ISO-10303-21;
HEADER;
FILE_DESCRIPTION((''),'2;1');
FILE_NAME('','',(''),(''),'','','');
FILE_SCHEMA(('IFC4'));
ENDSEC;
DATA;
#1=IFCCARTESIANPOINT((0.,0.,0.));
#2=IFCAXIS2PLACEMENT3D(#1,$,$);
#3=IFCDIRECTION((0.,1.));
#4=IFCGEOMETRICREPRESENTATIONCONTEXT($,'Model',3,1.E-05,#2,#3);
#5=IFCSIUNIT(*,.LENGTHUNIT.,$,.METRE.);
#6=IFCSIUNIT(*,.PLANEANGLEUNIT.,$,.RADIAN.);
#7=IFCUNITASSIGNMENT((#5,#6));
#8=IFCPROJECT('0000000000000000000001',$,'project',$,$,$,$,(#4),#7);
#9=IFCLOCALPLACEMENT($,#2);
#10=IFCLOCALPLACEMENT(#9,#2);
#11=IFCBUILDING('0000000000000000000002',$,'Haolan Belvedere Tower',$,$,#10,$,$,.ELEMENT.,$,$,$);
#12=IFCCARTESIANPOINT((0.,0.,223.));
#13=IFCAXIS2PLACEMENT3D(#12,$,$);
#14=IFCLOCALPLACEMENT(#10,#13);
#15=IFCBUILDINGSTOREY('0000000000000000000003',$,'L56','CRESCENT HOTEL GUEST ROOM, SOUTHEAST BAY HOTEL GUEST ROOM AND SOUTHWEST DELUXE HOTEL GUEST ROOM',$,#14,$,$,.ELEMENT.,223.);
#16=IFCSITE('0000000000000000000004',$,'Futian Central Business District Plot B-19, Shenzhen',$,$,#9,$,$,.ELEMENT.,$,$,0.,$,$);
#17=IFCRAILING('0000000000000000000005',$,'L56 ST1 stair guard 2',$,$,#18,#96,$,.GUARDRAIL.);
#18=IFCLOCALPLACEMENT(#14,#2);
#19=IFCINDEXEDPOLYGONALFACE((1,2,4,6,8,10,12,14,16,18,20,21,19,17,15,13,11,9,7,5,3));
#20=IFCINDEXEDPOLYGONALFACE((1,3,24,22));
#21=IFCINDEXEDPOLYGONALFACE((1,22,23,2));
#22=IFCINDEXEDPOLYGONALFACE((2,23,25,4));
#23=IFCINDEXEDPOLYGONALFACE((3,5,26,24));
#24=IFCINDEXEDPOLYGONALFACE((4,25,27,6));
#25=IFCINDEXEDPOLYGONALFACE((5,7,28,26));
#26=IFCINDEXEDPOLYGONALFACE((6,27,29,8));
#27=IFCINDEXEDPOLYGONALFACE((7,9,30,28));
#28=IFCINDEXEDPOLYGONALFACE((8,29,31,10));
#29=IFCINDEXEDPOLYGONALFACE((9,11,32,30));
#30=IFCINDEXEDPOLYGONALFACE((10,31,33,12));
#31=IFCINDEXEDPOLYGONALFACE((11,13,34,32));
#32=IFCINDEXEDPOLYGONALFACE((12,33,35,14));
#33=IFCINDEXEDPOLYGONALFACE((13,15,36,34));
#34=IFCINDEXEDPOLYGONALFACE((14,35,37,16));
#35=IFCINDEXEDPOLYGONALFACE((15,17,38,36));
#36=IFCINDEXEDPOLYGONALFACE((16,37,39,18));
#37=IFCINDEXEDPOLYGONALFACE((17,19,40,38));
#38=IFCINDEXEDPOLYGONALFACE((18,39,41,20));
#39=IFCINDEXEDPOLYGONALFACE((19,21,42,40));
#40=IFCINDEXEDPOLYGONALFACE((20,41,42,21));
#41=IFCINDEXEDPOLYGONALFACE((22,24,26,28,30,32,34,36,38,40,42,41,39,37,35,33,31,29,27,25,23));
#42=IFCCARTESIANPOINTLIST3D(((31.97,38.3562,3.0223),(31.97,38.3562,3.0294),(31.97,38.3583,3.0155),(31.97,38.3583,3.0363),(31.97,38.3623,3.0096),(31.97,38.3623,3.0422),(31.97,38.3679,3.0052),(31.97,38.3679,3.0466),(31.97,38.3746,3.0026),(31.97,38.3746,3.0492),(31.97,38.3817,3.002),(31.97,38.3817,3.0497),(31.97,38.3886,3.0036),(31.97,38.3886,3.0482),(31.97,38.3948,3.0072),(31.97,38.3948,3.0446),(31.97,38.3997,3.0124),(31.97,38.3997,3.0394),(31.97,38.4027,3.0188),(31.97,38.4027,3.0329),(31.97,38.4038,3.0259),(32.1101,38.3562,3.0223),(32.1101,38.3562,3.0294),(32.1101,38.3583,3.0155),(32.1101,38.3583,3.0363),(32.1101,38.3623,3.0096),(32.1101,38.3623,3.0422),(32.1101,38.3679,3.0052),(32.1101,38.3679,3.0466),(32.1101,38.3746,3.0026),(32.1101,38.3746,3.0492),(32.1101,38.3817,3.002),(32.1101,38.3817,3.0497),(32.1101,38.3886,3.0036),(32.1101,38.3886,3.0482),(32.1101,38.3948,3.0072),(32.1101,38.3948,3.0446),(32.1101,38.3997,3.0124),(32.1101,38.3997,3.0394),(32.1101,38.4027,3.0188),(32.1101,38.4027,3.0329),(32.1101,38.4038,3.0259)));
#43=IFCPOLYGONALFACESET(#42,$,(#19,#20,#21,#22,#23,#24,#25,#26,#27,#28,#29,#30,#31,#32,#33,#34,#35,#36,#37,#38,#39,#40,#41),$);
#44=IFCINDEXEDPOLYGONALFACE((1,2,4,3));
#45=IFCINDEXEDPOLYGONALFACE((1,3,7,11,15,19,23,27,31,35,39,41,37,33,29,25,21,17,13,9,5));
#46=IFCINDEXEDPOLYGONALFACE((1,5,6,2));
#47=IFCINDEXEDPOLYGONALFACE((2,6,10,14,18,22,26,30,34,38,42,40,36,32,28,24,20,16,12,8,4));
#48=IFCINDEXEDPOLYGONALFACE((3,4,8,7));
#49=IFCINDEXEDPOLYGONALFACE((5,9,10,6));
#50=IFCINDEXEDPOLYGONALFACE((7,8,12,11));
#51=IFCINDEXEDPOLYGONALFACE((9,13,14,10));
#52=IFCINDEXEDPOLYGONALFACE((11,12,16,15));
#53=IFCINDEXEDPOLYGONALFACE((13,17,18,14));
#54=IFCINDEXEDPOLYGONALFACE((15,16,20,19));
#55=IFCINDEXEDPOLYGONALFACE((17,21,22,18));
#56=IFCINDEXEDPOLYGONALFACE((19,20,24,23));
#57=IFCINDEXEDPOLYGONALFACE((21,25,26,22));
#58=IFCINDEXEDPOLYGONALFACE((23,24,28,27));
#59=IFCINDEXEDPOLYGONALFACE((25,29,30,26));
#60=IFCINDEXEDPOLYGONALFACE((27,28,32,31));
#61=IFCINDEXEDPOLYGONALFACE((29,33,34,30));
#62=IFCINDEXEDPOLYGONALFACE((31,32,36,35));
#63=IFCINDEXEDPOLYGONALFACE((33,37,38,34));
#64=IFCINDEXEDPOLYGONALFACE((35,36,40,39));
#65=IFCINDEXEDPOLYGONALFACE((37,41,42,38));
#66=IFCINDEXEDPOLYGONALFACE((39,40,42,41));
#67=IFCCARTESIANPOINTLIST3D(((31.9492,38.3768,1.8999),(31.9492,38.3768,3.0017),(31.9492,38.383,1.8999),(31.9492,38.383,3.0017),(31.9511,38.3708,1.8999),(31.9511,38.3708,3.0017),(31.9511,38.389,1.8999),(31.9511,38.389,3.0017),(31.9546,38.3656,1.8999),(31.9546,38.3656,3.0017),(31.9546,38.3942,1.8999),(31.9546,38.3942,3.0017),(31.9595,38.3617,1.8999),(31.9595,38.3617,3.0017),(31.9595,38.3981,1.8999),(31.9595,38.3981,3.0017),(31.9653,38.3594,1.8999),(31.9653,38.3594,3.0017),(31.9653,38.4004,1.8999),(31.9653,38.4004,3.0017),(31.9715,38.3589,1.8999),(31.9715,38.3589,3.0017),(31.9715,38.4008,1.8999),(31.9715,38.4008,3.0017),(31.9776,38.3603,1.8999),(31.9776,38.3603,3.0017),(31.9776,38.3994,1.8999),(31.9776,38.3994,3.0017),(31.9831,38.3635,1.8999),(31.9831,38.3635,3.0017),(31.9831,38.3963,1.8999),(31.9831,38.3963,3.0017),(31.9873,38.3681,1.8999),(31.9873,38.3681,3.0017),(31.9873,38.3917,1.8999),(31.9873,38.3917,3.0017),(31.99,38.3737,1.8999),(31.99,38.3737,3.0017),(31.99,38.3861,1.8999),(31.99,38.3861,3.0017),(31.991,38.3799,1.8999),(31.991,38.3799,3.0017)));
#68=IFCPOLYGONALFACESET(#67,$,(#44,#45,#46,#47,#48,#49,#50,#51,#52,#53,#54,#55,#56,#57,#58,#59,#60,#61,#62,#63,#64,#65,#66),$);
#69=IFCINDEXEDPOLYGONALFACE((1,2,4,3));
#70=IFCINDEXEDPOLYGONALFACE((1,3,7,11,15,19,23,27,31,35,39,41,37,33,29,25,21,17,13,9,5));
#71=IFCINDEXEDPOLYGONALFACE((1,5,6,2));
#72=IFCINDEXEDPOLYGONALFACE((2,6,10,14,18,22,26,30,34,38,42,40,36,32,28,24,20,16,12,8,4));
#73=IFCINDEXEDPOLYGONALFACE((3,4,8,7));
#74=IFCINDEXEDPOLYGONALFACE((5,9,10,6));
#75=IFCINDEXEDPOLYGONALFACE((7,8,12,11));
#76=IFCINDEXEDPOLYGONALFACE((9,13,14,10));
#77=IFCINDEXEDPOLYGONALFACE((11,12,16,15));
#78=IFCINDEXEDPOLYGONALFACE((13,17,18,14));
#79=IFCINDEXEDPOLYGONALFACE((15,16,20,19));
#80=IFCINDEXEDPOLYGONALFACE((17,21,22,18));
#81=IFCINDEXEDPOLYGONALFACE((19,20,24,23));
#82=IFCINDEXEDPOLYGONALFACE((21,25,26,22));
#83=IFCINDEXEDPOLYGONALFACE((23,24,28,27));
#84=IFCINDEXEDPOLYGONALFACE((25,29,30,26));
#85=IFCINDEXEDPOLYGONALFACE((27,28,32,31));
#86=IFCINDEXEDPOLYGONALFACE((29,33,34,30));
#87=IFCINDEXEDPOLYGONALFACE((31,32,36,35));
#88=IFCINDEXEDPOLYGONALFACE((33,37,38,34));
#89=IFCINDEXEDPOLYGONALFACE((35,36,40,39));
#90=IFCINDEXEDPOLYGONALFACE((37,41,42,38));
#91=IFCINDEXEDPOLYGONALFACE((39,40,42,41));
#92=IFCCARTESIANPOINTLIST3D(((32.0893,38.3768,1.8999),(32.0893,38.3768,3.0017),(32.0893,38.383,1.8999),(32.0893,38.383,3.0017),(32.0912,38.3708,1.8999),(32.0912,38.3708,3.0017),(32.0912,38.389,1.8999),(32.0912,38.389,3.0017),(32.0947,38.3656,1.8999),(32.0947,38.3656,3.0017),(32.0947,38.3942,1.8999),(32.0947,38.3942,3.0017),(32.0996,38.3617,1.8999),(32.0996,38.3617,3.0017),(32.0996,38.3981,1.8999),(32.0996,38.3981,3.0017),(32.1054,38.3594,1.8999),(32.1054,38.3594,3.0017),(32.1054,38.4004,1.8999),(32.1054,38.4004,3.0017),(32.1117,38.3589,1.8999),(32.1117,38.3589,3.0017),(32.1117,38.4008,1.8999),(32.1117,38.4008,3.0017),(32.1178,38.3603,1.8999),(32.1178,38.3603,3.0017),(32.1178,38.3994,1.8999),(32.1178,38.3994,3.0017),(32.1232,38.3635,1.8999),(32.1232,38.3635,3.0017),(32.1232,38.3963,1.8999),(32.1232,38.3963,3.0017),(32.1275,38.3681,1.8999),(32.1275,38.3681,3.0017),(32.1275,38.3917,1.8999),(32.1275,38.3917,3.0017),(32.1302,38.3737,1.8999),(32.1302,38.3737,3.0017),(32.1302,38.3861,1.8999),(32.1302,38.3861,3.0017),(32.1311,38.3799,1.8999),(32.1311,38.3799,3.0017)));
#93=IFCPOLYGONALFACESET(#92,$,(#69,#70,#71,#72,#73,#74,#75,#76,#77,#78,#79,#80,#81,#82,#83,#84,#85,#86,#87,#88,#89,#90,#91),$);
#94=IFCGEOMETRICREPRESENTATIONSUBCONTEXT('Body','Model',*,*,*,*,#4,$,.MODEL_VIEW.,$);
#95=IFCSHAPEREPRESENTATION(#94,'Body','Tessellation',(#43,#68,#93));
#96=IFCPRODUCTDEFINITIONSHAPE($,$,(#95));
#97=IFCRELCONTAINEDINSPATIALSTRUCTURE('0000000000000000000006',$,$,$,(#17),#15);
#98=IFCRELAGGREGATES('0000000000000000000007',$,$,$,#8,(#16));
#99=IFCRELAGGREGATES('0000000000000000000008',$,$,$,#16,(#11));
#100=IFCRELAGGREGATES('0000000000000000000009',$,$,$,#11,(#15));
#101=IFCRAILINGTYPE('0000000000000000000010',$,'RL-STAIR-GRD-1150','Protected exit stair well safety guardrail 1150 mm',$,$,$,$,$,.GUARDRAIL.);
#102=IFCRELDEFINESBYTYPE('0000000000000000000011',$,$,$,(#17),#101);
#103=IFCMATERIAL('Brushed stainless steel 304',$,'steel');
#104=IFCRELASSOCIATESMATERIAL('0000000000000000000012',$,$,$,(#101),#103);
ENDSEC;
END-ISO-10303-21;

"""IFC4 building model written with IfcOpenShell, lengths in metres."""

from ifc_helpers import new_model, si_unit, direction, frame, origin, origin_2d, place, context, subcontext, project, spatial, circle, extrude, material, type_object, element, save


model = new_model("IFC4")

# Units and contexts
model_context = context("Model", 3, precision=1e-05, world=origin(), true_north=direction((0.0, 1.0)))
body_context = subcontext(model_context, "Body", "Model", "MODEL_VIEW")
ifc_project = project(units=[si_unit("LENGTHUNIT", "METRE"), si_unit("PLANEANGLEUNIT", "RADIAN")], contexts=[model_context])

# Site, building, storey
site_placement = place(None, origin())
site = spatial("IfcSite", under=ifc_project, at=site_placement, Name="Futian Central Business District Plot B-19, Shenzhen", CompositionType="ELEMENT", RefElevation=0.0)
building_placement = place(site_placement, origin())
building = spatial("IfcBuilding", under=site, at=building_placement, Name="Haolan Belvedere Tower", CompositionType="ELEMENT")
storey_placement = place(building_placement, frame((0.0, 0.0, 223.0)))
storey = spatial("IfcBuildingStorey", under=building, at=storey_placement, Name="L56", Description="CRESCENT HOTEL GUEST ROOM, SOUTHEAST BAY HOTEL GUEST ROOM AND SOUTHWEST DELUXE HOTEL GUEST ROOM", CompositionType="ELEMENT", Elevation=223.0)

# Railing
ifc_material_1 = material(Name="Brushed stainless steel 304", Category="steel")
railing_type_1 = type_object("IfcRailingType", Name="RL-STAIR-GRD-1150", Description="Protected exit stair well safety guardrail 1150 mm", PredefinedType="GUARDRAIL", material=ifc_material_1)
railing_1_placement = place(storey_placement, frame((31.97, 38.3799, 1.8999)))
element("IfcRailing", 1, at=railing_1_placement, inside=storey, type_object=railing_type_1, Name="L56 ST1 stair guard 2", PredefinedType="GUARDRAIL", context=body_context, shape_type="SweptSolid", body=[
    extrude(circle(Radius=0.0239, at=origin_2d()), frame((0.0, 0.0, 1.126), z_axis=(1.0, 0.0, 0.0), x_axis=(0.0, 1.0, 0.0)), (0.0, 0.0, 1.0), 0.1401),
    extrude(circle(Radius=0.021, at=origin_2d()), origin(), (0.0, 0.0, 1.0), 1.1018),
    extrude(circle(Radius=0.021, at=origin_2d()), frame((0.1401, 0.0, 0.0)), (0.0, 0.0, 1.0), 1.1018),
])

save(model, "model.ifc")
